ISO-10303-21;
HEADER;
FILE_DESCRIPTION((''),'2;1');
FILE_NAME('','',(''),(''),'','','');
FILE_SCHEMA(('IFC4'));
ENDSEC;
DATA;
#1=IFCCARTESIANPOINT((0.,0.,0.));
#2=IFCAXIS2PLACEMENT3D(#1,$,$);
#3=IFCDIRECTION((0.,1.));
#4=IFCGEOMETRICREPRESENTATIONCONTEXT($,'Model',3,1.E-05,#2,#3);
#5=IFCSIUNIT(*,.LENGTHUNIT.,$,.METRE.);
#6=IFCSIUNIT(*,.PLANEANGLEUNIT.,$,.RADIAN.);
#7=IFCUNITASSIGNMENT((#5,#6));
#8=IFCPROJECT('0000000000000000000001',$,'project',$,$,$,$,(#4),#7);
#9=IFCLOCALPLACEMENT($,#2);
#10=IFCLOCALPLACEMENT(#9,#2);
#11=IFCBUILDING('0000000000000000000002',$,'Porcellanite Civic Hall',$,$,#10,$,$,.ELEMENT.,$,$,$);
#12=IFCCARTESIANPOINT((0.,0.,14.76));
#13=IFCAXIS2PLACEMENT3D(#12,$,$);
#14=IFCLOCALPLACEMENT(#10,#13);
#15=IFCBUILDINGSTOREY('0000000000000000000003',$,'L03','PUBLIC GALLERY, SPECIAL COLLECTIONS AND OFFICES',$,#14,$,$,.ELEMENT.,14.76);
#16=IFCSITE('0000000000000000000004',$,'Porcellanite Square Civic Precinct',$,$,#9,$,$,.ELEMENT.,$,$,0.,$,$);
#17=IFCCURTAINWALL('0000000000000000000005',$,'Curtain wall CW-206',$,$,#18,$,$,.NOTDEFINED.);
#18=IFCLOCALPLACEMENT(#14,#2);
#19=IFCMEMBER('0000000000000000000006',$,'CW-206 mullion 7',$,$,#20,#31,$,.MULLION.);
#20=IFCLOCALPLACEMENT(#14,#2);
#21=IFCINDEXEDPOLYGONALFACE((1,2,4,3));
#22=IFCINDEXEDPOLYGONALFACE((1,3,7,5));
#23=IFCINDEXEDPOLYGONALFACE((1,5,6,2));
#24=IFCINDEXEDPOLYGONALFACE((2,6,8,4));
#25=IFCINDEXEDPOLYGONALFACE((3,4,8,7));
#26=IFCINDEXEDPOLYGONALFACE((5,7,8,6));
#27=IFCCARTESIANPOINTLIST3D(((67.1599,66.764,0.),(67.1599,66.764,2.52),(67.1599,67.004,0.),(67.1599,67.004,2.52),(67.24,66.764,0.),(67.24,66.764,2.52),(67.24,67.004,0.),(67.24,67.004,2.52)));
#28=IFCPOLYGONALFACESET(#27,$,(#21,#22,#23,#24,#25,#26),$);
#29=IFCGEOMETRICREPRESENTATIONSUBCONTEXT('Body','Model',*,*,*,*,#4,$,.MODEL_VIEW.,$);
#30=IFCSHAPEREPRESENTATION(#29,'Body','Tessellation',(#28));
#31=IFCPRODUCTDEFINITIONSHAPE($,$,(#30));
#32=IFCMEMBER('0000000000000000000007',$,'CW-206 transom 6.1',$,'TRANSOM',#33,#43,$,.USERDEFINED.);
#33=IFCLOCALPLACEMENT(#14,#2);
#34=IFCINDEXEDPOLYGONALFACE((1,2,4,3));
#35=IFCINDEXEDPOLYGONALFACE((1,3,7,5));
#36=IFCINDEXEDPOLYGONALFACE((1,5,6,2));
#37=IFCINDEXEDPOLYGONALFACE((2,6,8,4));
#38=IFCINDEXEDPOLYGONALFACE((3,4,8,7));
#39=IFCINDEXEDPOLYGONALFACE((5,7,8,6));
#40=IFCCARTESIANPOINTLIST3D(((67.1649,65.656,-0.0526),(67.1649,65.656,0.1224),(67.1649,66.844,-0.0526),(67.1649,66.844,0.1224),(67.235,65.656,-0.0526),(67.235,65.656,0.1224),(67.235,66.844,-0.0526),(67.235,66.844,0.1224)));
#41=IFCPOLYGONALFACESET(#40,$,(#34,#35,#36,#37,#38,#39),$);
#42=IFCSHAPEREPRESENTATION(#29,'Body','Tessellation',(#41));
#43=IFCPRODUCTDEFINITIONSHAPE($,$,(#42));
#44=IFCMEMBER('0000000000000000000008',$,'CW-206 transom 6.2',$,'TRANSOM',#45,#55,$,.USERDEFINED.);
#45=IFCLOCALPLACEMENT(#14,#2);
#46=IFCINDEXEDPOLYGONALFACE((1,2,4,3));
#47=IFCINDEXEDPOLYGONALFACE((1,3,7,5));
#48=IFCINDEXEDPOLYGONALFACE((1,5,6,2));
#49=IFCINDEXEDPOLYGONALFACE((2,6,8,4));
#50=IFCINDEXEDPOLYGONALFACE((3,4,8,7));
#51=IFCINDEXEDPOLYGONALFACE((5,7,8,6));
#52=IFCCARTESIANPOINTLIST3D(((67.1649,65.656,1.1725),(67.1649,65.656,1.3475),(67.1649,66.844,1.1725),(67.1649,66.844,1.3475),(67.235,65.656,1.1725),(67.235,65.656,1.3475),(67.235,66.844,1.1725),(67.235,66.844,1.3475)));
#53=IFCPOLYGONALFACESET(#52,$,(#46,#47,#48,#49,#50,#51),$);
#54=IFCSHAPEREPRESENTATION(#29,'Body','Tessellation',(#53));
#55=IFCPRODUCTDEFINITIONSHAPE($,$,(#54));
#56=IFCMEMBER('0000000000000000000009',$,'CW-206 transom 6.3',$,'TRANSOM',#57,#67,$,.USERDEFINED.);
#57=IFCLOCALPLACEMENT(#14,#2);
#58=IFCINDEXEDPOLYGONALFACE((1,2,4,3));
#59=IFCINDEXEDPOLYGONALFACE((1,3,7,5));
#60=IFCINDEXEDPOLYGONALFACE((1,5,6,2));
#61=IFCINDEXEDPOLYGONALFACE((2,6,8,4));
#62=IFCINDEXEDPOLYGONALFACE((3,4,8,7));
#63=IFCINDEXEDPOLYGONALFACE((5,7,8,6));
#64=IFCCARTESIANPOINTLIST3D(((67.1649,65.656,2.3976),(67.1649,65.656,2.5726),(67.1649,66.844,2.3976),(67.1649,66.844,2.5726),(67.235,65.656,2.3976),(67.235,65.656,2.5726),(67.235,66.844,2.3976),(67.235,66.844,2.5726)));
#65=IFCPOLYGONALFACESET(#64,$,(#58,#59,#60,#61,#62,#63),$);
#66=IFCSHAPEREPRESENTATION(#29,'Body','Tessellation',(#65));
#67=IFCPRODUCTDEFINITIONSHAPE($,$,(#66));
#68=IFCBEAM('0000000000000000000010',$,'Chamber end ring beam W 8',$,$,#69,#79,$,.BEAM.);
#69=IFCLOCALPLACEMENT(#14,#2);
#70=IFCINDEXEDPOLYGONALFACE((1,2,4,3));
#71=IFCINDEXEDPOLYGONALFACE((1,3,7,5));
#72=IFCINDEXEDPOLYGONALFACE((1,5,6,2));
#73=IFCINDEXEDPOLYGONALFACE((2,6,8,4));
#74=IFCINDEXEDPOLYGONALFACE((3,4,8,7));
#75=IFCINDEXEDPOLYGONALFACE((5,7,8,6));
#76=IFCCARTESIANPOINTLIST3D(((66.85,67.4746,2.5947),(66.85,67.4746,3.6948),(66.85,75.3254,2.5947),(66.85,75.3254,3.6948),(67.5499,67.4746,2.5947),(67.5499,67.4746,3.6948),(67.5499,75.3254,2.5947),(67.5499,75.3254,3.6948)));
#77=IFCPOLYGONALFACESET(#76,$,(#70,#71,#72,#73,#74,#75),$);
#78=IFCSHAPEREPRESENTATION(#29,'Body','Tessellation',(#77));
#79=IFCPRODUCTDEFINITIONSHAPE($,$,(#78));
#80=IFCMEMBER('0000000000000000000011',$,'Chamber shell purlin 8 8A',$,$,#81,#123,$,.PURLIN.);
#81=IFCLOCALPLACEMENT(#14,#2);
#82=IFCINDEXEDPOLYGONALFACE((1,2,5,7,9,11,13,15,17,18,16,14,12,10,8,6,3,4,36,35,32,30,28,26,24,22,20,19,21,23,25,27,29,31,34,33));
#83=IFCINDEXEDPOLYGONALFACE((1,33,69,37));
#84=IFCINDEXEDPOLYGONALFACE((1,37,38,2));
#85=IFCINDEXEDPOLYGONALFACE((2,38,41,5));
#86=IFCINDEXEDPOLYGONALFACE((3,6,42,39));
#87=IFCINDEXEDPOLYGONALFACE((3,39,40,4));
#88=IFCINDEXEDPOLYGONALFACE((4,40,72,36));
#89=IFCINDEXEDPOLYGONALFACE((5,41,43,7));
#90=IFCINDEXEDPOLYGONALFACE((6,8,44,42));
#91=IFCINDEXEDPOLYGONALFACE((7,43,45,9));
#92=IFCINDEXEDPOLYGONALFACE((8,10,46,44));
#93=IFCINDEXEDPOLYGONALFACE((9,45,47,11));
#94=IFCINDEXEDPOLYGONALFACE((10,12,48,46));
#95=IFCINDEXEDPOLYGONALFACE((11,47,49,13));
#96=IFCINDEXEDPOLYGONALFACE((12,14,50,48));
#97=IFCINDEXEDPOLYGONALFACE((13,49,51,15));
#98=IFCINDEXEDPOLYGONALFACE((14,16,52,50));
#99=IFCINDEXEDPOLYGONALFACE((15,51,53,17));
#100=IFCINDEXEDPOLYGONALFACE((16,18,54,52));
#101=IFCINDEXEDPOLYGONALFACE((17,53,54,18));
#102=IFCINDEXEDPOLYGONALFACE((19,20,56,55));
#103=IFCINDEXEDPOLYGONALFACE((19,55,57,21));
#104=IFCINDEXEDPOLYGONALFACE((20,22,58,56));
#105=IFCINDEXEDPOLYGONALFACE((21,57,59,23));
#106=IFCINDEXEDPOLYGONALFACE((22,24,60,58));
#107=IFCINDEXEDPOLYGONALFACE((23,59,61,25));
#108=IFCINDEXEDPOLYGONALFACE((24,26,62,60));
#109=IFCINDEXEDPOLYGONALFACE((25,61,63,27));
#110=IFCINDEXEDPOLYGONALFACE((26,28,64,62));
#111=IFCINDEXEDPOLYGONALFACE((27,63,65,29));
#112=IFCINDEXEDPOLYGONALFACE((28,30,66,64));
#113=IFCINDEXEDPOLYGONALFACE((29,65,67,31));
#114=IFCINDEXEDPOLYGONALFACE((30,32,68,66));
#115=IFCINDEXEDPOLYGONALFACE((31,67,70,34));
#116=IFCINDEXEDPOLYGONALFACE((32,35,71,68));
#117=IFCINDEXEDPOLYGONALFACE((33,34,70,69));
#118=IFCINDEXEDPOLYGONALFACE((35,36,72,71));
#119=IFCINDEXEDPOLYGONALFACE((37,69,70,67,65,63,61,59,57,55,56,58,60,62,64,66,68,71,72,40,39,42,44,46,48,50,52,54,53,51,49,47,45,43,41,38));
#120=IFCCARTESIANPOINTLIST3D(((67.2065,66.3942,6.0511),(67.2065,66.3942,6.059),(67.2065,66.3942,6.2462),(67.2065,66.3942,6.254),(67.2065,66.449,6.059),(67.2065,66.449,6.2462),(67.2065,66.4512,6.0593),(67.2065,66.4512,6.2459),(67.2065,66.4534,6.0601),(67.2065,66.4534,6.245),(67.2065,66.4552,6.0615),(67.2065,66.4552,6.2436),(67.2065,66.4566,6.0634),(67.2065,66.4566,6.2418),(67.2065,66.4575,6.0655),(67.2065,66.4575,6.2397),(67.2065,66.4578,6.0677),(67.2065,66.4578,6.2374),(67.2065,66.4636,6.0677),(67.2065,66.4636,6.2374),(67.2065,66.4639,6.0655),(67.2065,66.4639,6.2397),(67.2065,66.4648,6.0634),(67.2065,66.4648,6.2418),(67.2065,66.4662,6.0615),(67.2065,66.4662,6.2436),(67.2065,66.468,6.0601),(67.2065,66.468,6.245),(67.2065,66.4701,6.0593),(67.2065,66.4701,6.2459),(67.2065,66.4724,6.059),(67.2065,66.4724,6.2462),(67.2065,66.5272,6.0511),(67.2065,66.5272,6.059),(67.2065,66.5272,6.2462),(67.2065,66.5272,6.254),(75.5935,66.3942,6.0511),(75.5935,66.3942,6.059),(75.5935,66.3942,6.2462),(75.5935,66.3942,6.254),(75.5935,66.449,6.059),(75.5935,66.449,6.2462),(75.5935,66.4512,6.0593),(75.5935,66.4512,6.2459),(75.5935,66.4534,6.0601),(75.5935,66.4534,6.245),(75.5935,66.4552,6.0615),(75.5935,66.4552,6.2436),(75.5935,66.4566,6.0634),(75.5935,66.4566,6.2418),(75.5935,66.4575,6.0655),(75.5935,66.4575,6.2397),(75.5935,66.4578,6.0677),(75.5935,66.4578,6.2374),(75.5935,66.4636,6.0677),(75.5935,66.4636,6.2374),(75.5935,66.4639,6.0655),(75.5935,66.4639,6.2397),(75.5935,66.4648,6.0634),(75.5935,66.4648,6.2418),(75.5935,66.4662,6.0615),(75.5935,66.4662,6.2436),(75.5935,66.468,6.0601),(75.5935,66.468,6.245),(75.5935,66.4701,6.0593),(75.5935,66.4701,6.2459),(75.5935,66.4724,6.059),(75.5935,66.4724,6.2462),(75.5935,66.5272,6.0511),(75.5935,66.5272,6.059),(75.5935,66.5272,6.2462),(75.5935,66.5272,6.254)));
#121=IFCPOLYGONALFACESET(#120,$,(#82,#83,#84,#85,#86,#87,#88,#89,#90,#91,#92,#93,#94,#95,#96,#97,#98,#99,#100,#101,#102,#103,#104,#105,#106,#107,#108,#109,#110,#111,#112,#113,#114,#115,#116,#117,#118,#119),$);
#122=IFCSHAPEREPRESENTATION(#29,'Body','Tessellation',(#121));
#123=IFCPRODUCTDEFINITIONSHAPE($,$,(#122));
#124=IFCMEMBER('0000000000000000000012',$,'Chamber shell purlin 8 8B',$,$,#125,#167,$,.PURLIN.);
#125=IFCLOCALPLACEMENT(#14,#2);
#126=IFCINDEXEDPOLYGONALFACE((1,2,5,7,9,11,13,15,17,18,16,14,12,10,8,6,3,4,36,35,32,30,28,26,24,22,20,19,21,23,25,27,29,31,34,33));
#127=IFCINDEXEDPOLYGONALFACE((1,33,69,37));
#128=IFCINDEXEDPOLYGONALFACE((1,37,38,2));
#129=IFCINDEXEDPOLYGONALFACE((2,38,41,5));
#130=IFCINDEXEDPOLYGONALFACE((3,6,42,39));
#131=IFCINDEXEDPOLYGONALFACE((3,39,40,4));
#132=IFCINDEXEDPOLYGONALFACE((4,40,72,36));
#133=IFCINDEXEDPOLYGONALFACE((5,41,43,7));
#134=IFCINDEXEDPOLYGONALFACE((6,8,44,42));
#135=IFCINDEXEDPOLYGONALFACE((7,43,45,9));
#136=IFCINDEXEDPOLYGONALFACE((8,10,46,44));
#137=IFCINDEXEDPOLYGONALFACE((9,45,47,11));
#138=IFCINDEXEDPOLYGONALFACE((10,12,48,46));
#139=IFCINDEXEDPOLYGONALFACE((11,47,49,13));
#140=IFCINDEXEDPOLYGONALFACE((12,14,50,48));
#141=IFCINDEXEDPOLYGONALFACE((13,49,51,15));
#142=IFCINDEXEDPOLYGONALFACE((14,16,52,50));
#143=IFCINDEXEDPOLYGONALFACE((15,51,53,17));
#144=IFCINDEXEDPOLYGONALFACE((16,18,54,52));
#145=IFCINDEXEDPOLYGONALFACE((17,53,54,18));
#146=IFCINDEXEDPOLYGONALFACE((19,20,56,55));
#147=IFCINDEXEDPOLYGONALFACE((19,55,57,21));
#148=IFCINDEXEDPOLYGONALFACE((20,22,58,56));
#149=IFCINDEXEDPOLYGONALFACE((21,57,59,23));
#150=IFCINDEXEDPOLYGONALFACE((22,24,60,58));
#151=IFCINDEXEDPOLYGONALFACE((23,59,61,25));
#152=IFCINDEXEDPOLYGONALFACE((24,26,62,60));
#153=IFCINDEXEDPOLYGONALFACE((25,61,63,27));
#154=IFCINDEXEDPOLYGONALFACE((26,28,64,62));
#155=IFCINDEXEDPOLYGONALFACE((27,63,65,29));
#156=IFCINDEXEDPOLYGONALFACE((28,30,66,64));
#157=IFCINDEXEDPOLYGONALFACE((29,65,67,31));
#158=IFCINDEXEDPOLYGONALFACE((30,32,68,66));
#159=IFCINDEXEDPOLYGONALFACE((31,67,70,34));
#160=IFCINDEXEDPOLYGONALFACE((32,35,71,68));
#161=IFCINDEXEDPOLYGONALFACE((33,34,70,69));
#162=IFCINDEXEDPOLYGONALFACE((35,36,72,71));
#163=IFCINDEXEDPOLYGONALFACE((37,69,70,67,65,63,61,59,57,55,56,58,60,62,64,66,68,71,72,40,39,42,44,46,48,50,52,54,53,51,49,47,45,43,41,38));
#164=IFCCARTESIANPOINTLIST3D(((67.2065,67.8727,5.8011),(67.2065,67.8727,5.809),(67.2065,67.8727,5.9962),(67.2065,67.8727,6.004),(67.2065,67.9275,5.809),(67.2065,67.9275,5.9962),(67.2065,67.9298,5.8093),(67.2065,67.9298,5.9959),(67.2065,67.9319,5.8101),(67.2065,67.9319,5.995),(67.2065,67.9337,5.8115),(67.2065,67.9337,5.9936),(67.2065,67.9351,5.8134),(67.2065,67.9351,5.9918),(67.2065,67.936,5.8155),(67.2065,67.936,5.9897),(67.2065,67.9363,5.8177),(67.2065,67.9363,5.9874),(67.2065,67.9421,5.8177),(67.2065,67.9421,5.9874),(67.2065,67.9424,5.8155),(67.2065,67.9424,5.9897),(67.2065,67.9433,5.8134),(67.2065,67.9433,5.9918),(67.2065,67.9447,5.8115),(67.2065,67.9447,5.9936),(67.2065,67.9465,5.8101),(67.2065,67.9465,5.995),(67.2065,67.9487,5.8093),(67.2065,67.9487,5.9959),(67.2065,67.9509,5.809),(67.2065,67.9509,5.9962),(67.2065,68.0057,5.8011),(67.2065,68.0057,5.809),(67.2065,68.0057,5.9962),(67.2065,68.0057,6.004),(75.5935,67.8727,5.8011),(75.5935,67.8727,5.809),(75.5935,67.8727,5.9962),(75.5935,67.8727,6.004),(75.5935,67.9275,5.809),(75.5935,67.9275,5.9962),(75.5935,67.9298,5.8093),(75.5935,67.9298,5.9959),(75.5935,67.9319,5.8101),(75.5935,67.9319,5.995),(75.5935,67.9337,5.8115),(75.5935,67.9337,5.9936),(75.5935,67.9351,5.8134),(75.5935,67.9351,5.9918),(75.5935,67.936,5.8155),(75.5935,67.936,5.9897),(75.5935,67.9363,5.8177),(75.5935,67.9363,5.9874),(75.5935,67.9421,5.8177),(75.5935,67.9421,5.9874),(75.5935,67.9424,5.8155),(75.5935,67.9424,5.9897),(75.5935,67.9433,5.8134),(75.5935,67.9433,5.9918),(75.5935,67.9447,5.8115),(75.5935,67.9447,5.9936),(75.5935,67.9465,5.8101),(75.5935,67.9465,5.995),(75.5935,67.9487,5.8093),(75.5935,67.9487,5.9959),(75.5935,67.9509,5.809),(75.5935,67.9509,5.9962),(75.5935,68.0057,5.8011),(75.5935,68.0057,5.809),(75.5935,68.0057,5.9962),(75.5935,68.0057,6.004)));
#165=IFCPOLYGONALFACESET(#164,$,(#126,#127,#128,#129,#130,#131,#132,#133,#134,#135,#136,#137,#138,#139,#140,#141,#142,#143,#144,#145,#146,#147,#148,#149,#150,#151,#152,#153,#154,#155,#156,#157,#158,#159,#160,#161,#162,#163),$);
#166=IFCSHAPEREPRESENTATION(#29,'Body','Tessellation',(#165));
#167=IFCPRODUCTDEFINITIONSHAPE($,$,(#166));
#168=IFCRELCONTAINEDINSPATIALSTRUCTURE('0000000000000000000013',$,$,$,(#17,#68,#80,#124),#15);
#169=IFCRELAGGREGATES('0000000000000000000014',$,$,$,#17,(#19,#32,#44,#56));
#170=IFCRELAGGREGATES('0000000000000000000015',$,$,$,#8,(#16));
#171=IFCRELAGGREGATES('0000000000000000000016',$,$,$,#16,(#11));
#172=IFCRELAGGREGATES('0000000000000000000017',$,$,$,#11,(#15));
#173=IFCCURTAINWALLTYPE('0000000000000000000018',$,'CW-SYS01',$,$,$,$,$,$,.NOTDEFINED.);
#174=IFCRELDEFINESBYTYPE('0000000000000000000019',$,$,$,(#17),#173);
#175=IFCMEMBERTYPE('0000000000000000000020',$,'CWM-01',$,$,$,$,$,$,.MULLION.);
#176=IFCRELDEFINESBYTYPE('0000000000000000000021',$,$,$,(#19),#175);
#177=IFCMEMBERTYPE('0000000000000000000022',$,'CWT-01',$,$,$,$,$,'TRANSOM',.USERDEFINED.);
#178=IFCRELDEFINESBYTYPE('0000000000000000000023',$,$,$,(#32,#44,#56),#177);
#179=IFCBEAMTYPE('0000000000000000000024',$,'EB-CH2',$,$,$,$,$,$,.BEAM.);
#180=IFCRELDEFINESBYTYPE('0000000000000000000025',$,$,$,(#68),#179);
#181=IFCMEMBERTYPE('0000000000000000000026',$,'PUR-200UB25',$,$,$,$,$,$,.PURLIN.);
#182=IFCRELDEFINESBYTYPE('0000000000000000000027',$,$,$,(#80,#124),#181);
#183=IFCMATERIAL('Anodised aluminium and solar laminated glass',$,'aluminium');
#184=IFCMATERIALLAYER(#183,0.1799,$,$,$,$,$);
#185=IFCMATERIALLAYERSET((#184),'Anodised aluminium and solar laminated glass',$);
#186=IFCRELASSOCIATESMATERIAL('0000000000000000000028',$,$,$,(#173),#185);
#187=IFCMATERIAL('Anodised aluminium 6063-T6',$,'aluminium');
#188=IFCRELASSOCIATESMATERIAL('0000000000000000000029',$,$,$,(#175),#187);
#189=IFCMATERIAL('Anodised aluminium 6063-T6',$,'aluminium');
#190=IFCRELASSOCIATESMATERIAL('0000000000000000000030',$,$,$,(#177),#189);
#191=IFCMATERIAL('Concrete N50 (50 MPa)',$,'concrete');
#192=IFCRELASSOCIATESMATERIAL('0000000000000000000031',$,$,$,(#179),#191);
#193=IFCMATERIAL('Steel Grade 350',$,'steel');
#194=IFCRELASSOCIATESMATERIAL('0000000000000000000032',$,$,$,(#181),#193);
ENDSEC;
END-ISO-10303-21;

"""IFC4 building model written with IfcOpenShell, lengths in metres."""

from ifc_helpers import new_model, si_unit, direction, frame, origin, origin_2d, place, context, subcontext, project, spatial, rectangle, i_section, extrude, material, layer, layer_set, material_profile, profile_set, type_object, element, aggregate, save


model = new_model("IFC4")

# Units and contexts
model_context = context("Model", 3, precision=1e-05, world=origin(), true_north=direction((0.0, 1.0)))
body_context = subcontext(model_context, "Body", "Model", "MODEL_VIEW")
ifc_project = project(units=[si_unit("LENGTHUNIT", "METRE"), si_unit("PLANEANGLEUNIT", "RADIAN")], contexts=[model_context])

# Site, building, storey
site_placement = place(None, origin())
site = spatial("IfcSite", under=ifc_project, at=site_placement, Name="Porcellanite Square Civic Precinct", CompositionType="ELEMENT", RefElevation=0.0)
building_placement = place(site_placement, origin())
building = spatial("IfcBuilding", under=site, at=building_placement, Name="Porcellanite Civic Hall", CompositionType="ELEMENT")
storey_placement = place(building_placement, frame((0.0, 0.0, 14.76)))
storey = spatial("IfcBuildingStorey", under=building, at=storey_placement, Name="L03", Description="PUBLIC GALLERY, SPECIAL COLLECTIONS AND OFFICES", CompositionType="ELEMENT", Elevation=14.76)

# Curtain wall, members
ifc_material_1 = material(Name="Anodised aluminium and solar laminated glass", Category="aluminium")
ifc_layer_1 = layer(ifc_material_1, 0.1799)
ifc_layer_set_1 = layer_set([ifc_layer_1], Name="Anodised aluminium and solar laminated glass")
curtain_wall_type = type_object("IfcCurtainWallType", Name="CW-SYS01", PredefinedType="NOTDEFINED", material=ifc_layer_set_1)
curtain_wall_placement = place(storey_placement, origin())
curtain_wall = element("IfcCurtainWall", 1, at=curtain_wall_placement, inside=storey, type_object=curtain_wall_type, Name="Curtain wall CW-206", PredefinedType="NOTDEFINED")
ifc_material_2 = material(Name="Anodised aluminium 6063-T6", Category="aluminium")
ifc_material_profile_1 = material_profile(ifc_material_2, rectangle(XDim=0.0801, YDim=0.24, at=origin_2d()), Name="AL-80x240")
ifc_profile_set_1 = profile_set([ifc_material_profile_1], Name="Anodised aluminium 6063-T6")
member_type_1 = type_object("IfcMemberType", Name="CWM-01", PredefinedType="MULLION", material=ifc_profile_set_1)
member_1_placement = place(storey_placement, frame((67.2, 66.884, 0.0), z_axis=(0.0, 0.0, 1.0), x_axis=(-1.0, 0.0, 0.0)))
member_1 = element("IfcMember", 2, at=member_1_placement, type_object=member_type_1, Name="CW-206 mullion 7", PredefinedType="MULLION", context=body_context, shape_type="SweptSolid", body=[
    extrude(rectangle(XDim=0.0801, YDim=0.24, at=origin_2d()), origin(), (0.0, 0.0, 1.0), 2.52),
])
ifc_material_3 = material(Name="Anodised aluminium 6063-T6", Category="aluminium")
ifc_material_profile_2 = material_profile(ifc_material_3, rectangle(XDim=0.0701, YDim=0.175, at=origin_2d()), Name="AL-70x175")
ifc_profile_set_2 = profile_set([ifc_material_profile_2], Name="Anodised aluminium 6063-T6")
member_type_2 = type_object("IfcMemberType", Name="CWT-01", ElementType="TRANSOM", PredefinedType="USERDEFINED", material=ifc_profile_set_2)
member_2_placement = place(storey_placement, frame((67.2, 65.656, 0.0349), z_axis=(0.0, 1.0, 0.0), x_axis=(-1.0, 0.0, 0.0)))
member_2 = element("IfcMember", 3, at=member_2_placement, type_object=member_type_2, Name="CW-206 transom 6.1", ObjectType="TRANSOM", PredefinedType="USERDEFINED", context=body_context, shape_type="SweptSolid", body=[
    extrude(rectangle(XDim=0.0701, YDim=0.175, at=origin_2d()), origin(), (0.0, 0.0, 1.0), 1.188),
])
member_3_placement = place(storey_placement, frame((67.2, 65.656, 1.26), z_axis=(0.0, 1.0, 0.0), x_axis=(-1.0, 0.0, 0.0)))
member_3 = element("IfcMember", 4, at=member_3_placement, type_object=member_type_2, Name="CW-206 transom 6.2", ObjectType="TRANSOM", PredefinedType="USERDEFINED", context=body_context, shape_type="SweptSolid", body=[
    extrude(rectangle(XDim=0.0701, YDim=0.175, at=origin_2d()), origin(), (0.0, 0.0, 1.0), 1.188),
])
member_4_placement = place(storey_placement, frame((67.2, 65.656, 2.4851), z_axis=(0.0, 1.0, 0.0), x_axis=(-1.0, 0.0, 0.0)))
member_4 = element("IfcMember", 5, at=member_4_placement, type_object=member_type_2, Name="CW-206 transom 6.3", ObjectType="TRANSOM", PredefinedType="USERDEFINED", context=body_context, shape_type="SweptSolid", body=[
    extrude(rectangle(XDim=0.0701, YDim=0.175, at=origin_2d()), origin(), (0.0, 0.0, 1.0), 1.188),
])

# Beam
ifc_material_4 = material(Name="Concrete N50 (50 MPa)", Category="concrete")
ifc_material_profile_3 = material_profile(ifc_material_4, rectangle(XDim=0.7, YDim=1.1001, at=origin_2d()), Name="RC-700x1100")
ifc_profile_set_3 = profile_set([ifc_material_profile_3], Name="Concrete N50 (50 MPa)")
beam_type_1 = type_object("IfcBeamType", Name="EB-CH2", PredefinedType="BEAM", material=ifc_profile_set_3)
beam_placement = place(storey_placement, frame((67.2, 67.4746, 3.1448), z_axis=(0.0, 1.0, 0.0), x_axis=(-1.0, 0.0, 0.0)))
element("IfcBeam", 6, at=beam_placement, inside=storey, type_object=beam_type_1, Name="Chamber end ring beam W 8", PredefinedType="BEAM", context=body_context, shape_type="SweptSolid", body=[
    extrude(rectangle(XDim=0.7, YDim=1.1001, at=origin_2d()), origin(), (0.0, 0.0, 1.0), 7.8508),
])

# Members
ifc_material_5 = material(Name="Steel Grade 350", Category="steel")
ifc_material_profile_4 = material_profile(ifc_material_5, i_section(OverallWidth=0.1331, OverallDepth=0.2029, WebThickness=0.0059, FlangeThickness=0.0078, FilletRadius=0.0088, at=origin_2d()), Name="200UB25.4")
ifc_profile_set_4 = profile_set([ifc_material_profile_4], Name="Steel Grade 350")
member_type_3 = type_object("IfcMemberType", Name="PUR-200UB25", PredefinedType="PURLIN", material=ifc_profile_set_4)
for number, where, z_axis, x_axis, name in (
    (7, (67.2065, 66.4607, 6.1526), (1.0, 0.0, 0.0), (0.0, 1.0, 0.0), "Chamber shell purlin 8 8A"),
    (8, (67.2065, 67.9392, 5.9026), (1.0, 0.0, 0.0), (0.0, 1.0, 0.0), "Chamber shell purlin 8 8B"),
):
    element("IfcMember", number, at=place(storey_placement, frame(where, z_axis=z_axis, x_axis=x_axis)), inside=storey, type_object=member_type_3, Name=name, PredefinedType="PURLIN", context=body_context, shape_type="SweptSolid", body=[
        extrude(i_section(OverallWidth=0.1331, OverallDepth=0.2029, WebThickness=0.0059, FlangeThickness=0.0078, FilletRadius=0.0088, at=origin_2d()), origin(), (0.0, 0.0, 1.0), 8.387),
    ])

aggregate(curtain_wall, [member_1, member_2, member_3, member_4])

save(model, "model.ifc")
